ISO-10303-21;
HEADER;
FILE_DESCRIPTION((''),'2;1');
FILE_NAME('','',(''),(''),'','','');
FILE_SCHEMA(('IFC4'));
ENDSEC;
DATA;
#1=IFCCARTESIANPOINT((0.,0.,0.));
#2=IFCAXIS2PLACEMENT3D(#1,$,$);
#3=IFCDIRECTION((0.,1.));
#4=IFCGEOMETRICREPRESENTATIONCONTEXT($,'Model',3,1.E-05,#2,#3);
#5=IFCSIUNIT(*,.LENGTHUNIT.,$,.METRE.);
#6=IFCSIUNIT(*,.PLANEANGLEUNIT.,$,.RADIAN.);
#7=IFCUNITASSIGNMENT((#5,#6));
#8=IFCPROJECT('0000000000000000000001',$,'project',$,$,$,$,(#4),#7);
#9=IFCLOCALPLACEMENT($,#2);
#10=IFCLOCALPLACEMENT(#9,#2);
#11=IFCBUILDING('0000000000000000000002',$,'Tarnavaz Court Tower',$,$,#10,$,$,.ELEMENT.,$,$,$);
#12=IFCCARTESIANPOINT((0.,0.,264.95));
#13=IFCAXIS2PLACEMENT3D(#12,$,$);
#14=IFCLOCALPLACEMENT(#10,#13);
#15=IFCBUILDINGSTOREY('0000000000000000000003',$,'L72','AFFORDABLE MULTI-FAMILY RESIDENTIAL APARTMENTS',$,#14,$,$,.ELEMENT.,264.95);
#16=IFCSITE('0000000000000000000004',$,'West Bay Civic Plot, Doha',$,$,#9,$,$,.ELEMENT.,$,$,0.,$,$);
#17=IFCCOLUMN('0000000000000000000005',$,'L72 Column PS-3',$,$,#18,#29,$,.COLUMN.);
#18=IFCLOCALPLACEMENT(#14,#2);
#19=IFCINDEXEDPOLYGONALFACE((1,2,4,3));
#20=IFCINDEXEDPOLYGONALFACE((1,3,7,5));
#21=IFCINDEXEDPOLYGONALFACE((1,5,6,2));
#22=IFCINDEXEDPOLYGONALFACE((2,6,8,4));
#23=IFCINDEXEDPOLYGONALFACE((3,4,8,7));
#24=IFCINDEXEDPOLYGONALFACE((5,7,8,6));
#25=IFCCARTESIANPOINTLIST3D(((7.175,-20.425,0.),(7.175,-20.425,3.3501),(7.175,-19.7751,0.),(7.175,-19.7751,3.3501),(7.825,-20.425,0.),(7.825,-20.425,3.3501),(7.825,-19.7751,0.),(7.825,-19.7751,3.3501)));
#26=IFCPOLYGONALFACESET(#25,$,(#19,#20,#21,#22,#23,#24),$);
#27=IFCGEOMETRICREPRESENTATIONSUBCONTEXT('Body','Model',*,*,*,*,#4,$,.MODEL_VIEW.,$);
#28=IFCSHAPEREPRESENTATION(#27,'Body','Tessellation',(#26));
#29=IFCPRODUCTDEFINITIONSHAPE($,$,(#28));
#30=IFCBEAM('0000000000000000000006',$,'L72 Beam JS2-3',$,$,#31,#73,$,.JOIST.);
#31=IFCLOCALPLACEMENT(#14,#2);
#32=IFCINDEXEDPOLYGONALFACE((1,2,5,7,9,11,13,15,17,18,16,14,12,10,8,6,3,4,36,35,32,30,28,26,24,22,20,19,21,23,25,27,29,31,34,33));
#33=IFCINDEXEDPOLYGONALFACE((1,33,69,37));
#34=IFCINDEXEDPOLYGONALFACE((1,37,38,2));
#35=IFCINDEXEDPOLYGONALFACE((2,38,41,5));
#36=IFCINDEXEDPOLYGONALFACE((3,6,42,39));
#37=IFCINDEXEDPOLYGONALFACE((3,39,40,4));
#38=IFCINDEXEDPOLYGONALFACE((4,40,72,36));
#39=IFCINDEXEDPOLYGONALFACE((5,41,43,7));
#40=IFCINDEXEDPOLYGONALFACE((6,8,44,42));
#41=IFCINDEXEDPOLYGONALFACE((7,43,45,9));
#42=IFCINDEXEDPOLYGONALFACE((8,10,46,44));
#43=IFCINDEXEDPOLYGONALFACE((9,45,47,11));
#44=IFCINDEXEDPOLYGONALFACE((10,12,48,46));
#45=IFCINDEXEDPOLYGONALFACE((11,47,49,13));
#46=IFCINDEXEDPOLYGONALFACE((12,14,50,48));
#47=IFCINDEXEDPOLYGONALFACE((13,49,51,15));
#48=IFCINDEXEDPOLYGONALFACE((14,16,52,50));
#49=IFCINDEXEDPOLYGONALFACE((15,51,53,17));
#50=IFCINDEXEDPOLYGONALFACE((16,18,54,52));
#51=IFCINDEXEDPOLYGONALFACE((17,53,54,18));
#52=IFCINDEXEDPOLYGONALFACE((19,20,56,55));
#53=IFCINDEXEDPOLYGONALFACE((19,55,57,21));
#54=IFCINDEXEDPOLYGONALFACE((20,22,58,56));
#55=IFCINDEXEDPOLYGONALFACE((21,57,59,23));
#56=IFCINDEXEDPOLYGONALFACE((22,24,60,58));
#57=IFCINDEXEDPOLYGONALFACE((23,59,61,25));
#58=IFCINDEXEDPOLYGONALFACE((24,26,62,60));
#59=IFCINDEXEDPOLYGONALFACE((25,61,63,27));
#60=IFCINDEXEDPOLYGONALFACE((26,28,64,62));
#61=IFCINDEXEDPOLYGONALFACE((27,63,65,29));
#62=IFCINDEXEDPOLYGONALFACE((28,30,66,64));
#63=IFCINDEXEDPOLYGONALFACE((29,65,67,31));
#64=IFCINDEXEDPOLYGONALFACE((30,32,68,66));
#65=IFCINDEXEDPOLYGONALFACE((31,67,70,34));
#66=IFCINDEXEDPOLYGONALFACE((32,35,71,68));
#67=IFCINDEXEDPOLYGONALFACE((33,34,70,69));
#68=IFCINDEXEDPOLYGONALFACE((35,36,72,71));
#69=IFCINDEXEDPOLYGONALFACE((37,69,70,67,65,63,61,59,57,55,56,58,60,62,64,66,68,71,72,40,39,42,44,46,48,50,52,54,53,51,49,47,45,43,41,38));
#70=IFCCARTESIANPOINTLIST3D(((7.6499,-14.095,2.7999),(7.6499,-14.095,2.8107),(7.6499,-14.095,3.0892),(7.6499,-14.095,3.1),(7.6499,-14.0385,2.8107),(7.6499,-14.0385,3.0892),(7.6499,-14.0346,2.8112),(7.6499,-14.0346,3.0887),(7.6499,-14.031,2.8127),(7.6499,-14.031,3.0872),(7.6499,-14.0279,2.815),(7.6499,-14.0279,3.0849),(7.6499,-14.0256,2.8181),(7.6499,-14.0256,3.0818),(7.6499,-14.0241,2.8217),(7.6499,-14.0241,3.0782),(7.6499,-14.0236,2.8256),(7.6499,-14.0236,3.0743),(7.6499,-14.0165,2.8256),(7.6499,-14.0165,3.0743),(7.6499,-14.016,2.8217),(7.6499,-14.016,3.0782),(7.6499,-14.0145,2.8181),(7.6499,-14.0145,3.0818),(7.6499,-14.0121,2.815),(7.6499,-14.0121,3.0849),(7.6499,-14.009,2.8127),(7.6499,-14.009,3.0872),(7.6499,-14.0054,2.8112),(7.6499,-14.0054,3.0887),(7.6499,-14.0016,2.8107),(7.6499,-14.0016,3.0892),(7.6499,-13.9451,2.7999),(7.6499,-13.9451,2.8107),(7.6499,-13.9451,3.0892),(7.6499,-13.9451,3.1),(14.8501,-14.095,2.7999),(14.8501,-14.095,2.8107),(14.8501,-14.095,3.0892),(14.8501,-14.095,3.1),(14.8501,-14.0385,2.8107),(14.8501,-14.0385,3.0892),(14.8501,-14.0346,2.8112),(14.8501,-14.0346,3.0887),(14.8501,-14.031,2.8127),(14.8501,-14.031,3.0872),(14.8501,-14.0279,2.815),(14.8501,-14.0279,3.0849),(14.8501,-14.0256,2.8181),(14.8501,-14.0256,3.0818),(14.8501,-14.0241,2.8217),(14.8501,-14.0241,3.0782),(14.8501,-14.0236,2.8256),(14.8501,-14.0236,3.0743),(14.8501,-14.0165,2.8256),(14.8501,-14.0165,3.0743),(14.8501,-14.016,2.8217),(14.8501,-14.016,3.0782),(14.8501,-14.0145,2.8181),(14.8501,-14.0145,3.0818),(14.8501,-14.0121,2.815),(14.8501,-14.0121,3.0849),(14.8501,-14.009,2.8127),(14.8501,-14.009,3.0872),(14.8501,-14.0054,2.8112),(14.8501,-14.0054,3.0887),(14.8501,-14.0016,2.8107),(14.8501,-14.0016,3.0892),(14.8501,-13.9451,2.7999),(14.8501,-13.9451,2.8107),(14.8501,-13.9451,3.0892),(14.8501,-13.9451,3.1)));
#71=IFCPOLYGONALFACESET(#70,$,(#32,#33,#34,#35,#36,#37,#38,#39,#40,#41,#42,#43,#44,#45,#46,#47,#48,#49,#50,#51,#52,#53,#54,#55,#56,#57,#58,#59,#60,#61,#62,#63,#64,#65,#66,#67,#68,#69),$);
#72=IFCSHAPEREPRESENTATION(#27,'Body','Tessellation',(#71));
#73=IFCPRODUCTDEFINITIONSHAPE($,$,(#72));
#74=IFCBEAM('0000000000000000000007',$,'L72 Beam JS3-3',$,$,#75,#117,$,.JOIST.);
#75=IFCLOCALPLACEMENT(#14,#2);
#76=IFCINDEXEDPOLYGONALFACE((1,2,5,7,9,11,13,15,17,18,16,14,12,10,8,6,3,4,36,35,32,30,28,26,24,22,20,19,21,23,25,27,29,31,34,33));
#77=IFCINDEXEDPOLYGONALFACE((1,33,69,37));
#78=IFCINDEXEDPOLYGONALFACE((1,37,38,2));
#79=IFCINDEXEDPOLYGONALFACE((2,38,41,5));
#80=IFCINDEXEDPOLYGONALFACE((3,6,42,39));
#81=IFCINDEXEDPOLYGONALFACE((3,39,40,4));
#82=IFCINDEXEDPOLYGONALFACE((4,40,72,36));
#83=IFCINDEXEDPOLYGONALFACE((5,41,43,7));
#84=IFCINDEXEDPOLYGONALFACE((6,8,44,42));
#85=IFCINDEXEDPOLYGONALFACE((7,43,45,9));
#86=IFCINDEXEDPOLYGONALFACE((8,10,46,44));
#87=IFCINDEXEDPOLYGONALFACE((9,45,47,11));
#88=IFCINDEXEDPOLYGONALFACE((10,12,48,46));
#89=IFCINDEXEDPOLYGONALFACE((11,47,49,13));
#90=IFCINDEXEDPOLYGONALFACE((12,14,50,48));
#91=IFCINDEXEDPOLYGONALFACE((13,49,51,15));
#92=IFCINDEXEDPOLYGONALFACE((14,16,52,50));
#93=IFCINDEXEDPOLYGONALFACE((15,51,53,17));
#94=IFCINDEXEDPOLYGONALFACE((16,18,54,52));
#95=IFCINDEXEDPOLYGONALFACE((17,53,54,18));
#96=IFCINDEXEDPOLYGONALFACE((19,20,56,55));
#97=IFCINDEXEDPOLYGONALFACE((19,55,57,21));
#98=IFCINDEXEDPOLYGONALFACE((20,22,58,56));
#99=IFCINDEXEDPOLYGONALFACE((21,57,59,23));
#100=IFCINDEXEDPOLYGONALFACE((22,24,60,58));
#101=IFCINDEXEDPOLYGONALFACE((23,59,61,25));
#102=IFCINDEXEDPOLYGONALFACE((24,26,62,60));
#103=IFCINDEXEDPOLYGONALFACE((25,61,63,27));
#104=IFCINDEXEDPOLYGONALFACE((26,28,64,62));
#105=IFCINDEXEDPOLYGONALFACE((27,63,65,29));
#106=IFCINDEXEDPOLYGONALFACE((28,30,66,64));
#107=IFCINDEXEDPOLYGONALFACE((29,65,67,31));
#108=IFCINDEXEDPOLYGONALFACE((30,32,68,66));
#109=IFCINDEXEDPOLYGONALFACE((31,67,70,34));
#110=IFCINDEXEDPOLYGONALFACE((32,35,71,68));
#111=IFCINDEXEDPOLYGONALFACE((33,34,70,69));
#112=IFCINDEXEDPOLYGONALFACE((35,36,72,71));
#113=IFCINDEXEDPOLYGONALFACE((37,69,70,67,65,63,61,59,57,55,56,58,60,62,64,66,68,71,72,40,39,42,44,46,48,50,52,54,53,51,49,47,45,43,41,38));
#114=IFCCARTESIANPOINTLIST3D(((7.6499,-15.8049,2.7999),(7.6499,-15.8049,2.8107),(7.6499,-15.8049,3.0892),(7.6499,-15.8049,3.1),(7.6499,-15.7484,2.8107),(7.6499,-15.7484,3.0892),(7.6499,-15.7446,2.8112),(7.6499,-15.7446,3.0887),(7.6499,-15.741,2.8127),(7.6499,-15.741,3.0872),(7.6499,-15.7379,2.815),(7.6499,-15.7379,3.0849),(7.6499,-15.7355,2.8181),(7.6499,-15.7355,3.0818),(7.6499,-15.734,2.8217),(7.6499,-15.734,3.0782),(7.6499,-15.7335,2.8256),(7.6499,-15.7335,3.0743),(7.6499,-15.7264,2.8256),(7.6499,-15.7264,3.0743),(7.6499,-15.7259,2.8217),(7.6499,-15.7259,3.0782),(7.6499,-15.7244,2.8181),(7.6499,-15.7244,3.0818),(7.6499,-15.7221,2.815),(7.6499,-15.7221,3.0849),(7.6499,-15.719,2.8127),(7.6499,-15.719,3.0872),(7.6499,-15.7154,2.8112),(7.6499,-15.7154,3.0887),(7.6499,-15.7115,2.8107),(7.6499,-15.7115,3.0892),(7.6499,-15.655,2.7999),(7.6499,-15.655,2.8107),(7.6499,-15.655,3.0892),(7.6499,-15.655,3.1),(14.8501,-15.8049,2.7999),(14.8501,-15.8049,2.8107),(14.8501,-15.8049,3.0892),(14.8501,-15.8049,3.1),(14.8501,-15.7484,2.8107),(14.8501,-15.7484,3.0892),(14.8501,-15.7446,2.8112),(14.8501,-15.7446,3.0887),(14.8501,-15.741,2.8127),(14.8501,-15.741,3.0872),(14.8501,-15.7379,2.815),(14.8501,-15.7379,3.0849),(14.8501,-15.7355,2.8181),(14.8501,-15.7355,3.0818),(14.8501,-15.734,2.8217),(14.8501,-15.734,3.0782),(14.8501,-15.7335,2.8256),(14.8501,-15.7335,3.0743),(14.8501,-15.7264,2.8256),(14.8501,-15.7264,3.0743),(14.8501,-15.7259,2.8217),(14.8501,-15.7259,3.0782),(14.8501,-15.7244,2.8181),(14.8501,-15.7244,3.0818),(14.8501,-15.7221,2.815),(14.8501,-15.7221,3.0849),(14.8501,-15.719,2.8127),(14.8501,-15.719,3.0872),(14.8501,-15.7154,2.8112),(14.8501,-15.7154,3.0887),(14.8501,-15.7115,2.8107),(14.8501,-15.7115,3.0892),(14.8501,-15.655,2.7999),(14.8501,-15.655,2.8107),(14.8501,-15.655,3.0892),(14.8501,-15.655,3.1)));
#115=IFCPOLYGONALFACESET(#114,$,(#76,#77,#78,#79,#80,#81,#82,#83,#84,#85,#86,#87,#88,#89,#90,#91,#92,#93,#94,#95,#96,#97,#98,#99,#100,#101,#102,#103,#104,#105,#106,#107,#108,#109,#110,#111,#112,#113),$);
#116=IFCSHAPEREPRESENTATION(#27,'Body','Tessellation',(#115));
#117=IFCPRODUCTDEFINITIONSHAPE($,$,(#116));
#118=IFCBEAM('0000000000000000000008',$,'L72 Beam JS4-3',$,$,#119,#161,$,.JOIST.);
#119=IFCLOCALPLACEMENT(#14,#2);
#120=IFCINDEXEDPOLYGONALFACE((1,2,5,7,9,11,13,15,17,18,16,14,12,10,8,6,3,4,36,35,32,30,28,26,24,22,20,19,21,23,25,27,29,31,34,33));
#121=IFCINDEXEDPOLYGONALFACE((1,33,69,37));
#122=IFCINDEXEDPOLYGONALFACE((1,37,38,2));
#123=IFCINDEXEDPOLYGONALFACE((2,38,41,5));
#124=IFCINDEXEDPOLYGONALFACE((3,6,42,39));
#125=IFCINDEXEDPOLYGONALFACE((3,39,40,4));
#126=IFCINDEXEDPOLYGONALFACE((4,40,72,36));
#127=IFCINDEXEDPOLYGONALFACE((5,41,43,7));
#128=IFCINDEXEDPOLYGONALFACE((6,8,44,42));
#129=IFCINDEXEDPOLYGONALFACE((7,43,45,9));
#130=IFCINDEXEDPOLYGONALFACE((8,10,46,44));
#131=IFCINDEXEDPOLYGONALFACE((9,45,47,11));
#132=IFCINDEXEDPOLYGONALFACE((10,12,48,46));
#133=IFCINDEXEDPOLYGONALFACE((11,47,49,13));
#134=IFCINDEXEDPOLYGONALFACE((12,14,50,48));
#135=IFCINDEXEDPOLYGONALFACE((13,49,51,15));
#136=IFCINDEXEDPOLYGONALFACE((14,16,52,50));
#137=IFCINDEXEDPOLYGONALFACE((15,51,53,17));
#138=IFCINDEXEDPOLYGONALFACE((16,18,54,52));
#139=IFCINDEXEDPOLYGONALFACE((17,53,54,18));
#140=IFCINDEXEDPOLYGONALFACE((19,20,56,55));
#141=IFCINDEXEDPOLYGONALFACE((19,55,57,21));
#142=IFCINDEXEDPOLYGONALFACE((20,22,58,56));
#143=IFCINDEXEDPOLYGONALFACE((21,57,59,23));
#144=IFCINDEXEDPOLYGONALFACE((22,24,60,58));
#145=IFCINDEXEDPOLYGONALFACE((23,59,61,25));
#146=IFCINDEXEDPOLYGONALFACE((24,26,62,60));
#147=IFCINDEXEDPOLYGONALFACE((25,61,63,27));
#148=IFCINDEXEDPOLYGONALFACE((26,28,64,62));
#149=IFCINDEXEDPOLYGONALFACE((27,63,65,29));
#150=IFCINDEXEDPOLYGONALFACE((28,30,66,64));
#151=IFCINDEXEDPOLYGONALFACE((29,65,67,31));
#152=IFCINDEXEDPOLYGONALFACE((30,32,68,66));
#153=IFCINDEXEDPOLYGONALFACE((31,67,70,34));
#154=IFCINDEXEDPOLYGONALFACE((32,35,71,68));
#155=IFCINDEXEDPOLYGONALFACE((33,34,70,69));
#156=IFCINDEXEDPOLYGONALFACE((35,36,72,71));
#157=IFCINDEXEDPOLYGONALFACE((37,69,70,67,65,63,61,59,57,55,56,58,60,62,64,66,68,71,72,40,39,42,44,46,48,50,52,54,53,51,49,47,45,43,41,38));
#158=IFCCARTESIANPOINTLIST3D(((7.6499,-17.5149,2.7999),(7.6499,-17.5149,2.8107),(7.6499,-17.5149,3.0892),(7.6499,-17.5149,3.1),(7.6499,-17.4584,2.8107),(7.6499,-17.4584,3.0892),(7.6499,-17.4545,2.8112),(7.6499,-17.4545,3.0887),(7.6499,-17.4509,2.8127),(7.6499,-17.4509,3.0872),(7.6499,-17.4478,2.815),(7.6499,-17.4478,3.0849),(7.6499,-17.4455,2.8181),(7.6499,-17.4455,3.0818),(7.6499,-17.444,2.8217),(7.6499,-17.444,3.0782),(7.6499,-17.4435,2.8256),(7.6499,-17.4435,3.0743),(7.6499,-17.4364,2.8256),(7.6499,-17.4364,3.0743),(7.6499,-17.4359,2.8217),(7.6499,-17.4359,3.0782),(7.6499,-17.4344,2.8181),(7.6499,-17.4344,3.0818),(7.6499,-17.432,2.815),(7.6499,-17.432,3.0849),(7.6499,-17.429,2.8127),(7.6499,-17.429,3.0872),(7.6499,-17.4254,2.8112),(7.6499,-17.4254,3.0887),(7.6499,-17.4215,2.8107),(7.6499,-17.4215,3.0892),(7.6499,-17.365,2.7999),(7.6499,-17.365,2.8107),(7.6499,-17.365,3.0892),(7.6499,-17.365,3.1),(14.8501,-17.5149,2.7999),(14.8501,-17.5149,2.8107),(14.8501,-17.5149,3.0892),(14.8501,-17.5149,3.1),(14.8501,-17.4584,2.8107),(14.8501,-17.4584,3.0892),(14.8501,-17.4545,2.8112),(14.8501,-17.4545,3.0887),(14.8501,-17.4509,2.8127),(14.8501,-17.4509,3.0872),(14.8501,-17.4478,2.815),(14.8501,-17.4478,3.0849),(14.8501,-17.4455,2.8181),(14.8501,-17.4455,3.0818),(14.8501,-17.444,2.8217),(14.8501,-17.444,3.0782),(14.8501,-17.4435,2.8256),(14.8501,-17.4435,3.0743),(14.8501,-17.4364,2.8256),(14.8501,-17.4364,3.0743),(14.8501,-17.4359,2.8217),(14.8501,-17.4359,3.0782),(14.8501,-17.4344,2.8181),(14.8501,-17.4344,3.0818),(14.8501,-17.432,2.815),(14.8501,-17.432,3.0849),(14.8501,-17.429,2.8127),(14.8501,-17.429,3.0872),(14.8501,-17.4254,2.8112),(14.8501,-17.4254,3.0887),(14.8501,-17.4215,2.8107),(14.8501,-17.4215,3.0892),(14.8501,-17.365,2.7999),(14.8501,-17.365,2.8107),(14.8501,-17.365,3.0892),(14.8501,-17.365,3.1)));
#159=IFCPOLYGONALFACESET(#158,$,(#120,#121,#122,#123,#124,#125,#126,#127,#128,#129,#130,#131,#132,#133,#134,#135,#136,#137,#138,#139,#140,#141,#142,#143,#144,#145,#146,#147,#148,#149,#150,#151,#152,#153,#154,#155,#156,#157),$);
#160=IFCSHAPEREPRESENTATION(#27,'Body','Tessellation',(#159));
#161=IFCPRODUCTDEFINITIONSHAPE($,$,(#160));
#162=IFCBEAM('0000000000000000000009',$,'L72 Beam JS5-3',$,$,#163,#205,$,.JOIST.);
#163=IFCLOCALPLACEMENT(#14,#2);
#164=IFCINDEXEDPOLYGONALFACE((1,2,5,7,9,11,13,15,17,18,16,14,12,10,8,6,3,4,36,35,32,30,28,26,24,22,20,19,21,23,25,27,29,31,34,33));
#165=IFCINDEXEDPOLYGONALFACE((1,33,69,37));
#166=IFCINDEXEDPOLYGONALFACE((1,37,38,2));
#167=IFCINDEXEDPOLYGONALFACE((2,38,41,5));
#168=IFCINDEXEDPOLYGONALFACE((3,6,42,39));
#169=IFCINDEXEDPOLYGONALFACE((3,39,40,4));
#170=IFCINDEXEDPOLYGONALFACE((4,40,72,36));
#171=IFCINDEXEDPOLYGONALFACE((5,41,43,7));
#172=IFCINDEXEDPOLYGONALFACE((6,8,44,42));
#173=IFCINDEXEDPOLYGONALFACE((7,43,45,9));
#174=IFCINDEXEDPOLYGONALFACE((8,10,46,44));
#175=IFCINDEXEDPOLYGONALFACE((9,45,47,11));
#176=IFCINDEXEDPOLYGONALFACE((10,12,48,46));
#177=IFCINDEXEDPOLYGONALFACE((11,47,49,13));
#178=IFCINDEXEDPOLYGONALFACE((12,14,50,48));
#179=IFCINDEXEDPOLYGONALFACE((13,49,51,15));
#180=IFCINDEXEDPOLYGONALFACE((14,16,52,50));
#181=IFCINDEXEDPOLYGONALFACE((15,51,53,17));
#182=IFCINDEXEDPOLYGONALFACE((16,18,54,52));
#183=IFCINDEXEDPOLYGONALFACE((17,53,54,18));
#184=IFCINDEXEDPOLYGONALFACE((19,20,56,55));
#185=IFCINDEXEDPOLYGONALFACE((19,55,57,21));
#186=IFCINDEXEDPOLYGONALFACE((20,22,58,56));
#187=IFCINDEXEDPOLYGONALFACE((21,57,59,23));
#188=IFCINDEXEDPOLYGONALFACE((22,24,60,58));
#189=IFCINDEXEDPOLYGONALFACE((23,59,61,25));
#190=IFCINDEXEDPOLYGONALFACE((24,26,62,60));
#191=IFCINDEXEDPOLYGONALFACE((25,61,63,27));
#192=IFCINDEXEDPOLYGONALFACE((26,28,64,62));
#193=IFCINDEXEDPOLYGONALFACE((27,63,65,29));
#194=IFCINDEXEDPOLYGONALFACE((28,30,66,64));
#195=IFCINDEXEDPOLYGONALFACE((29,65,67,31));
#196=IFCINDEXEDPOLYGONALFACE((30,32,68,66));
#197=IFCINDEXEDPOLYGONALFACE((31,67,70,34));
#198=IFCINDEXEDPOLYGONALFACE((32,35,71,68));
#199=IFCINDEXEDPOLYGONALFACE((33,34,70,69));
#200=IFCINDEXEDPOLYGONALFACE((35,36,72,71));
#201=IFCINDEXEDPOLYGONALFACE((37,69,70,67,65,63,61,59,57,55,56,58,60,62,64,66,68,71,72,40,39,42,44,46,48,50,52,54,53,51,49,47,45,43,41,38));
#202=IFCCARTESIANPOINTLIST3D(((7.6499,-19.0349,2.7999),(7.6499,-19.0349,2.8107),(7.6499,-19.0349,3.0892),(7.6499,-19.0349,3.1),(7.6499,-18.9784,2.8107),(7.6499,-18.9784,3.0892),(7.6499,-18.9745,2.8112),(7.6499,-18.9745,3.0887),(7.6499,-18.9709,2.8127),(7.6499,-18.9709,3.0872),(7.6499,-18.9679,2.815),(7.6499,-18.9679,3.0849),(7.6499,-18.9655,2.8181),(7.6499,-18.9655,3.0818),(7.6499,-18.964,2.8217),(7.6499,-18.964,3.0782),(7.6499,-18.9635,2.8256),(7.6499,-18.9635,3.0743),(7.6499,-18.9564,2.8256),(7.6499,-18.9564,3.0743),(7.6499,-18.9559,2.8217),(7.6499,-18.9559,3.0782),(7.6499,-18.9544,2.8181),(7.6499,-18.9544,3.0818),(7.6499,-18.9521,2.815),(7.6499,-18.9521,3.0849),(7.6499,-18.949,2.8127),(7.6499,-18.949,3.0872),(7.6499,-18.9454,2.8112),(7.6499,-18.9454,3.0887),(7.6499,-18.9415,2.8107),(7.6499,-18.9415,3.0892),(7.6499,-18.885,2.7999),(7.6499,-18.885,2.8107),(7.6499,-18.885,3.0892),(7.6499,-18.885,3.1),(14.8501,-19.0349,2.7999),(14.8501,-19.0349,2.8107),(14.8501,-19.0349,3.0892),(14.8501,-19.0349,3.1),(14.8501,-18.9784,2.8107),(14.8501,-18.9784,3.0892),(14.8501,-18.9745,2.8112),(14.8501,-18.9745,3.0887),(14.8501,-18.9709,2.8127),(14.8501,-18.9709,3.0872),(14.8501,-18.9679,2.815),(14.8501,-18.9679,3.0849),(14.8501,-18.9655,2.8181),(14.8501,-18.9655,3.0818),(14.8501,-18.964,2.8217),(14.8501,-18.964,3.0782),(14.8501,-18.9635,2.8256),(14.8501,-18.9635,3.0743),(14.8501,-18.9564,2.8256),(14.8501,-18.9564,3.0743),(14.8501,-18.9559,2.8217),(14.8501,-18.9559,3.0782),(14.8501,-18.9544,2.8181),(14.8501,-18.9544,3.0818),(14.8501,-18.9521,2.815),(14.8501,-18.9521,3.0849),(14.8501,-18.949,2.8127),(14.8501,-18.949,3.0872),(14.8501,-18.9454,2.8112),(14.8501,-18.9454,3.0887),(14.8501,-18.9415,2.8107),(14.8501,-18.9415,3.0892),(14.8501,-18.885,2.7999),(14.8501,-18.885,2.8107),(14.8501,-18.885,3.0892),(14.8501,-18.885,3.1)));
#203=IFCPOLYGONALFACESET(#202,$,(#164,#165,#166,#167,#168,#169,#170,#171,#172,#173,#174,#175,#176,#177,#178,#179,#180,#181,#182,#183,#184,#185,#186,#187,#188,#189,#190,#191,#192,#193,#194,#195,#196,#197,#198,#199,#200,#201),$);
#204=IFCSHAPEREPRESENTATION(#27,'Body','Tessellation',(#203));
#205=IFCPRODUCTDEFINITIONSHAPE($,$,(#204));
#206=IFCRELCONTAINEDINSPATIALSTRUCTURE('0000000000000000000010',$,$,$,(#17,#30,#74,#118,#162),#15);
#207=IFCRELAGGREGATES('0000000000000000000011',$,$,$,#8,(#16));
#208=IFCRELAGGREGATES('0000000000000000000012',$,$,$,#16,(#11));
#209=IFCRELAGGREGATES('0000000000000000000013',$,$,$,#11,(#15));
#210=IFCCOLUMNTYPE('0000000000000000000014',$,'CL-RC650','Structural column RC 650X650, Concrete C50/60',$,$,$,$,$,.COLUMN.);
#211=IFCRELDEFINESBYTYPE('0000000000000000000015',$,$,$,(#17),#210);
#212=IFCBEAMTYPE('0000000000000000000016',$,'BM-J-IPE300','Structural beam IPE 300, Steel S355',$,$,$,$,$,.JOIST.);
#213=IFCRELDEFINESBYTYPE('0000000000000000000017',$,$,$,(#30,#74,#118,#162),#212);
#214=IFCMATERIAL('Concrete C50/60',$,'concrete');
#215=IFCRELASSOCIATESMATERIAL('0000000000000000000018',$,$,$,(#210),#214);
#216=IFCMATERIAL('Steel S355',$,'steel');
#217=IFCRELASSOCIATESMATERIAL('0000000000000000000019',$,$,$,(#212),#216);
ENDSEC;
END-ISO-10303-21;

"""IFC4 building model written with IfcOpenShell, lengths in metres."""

from ifc_helpers import new_model, si_unit, direction, frame, origin, origin_2d, place, context, subcontext, project, spatial, rectangle, i_section, extrude, material, material_profile, profile_set, type_object, element, save


model = new_model("IFC4")

# Units and contexts
model_context = context("Model", 3, precision=1e-05, world=origin(), true_north=direction((0.0, 1.0)))
body_context = subcontext(model_context, "Body", "Model", "MODEL_VIEW")
ifc_project = project(units=[si_unit("LENGTHUNIT", "METRE"), si_unit("PLANEANGLEUNIT", "RADIAN")], contexts=[model_context])

# Site, building, storey
site_placement = place(None, origin())
site = spatial("IfcSite", under=ifc_project, at=site_placement, Name="West Bay Civic Plot, Doha", CompositionType="ELEMENT", RefElevation=0.0)
building_placement = place(site_placement, origin())
building = spatial("IfcBuilding", under=site, at=building_placement, Name="Tarnavaz Court Tower", CompositionType="ELEMENT")
storey_placement = place(building_placement, frame((0.0, 0.0, 264.95)))
storey = spatial("IfcBuildingStorey", under=building, at=storey_placement, Name="L72", Description="AFFORDABLE MULTI-FAMILY RESIDENTIAL APARTMENTS", CompositionType="ELEMENT", Elevation=264.95)

# Column
ifc_material_1 = material(Name="Concrete C50/60", Category="concrete")
ifc_material_profile_1 = material_profile(ifc_material_1, rectangle(XDim=0.6499, YDim=0.6499, at=origin_2d()), Name="RC 650X650")
ifc_profile_set_1 = profile_set([ifc_material_profile_1], Name="Concrete C50/60")
column_type = type_object("IfcColumnType", Name="CL-RC650", Description="Structural column RC 650X650, Concrete C50/60", PredefinedType="COLUMN", material=ifc_profile_set_1)
column_placement = place(storey_placement, frame((7.5, -20.1001, 0.0), z_axis=(0.0, 0.0, 1.0), x_axis=(1.0, 0.0, 0.0)))
element("IfcColumn", 1, at=column_placement, inside=storey, type_object=column_type, Name="L72 Column PS-3", PredefinedType="COLUMN", context=body_context, shape_type="SweptSolid", body=[
    extrude(rectangle(XDim=0.6499, YDim=0.6499, at=origin_2d()), origin(), (0.0, 0.0, 1.0), 3.3501),
])

# Beams
ifc_material_2 = material(Name="Steel S355", Category="steel")
ifc_material_profile_2 = material_profile(ifc_material_2, i_section(OverallWidth=0.1499, OverallDepth=0.3, WebThickness=0.0071, FlangeThickness=0.0107, FilletRadius=0.0149, at=origin_2d()), Name="IPE 300")
ifc_profile_set_2 = profile_set([ifc_material_profile_2], Name="Steel S355")
beam_type = type_object("IfcBeamType", Name="BM-J-IPE300", Description="Structural beam IPE 300, Steel S355", PredefinedType="JOIST", material=ifc_profile_set_2)
for number, where, z_axis, x_axis, name in (
    (2, (7.6499, -14.02, 2.95), (1.0, 0.0, 0.0), (0.0, 1.0, 0.0), "L72 Beam JS2-3"),
    (3, (7.6499, -15.73, 2.95), (1.0, 0.0, 0.0), (0.0, 1.0, 0.0), "L72 Beam JS3-3"),
    (4, (7.6499, -17.4399, 2.95), (1.0, 0.0, 0.0), (0.0, 1.0, 0.0), "L72 Beam JS4-3"),
    (5, (7.6499, -18.96, 2.95), (1.0, 0.0, 0.0), (0.0, 1.0, 0.0), "L72 Beam JS5-3"),
):
    element("IfcBeam", number, at=place(storey_placement, frame(where, z_axis=z_axis, x_axis=x_axis)), inside=storey, type_object=beam_type, Name=name, PredefinedType="JOIST", context=body_context, shape_type="SweptSolid", body=[
        extrude(i_section(OverallWidth=0.1499, OverallDepth=0.3, WebThickness=0.0071, FlangeThickness=0.0107, FilletRadius=0.0149, at=origin_2d()), origin(), (0.0, 0.0, 1.0), 7.2002),
    ])

save(model, "model.ifc")
